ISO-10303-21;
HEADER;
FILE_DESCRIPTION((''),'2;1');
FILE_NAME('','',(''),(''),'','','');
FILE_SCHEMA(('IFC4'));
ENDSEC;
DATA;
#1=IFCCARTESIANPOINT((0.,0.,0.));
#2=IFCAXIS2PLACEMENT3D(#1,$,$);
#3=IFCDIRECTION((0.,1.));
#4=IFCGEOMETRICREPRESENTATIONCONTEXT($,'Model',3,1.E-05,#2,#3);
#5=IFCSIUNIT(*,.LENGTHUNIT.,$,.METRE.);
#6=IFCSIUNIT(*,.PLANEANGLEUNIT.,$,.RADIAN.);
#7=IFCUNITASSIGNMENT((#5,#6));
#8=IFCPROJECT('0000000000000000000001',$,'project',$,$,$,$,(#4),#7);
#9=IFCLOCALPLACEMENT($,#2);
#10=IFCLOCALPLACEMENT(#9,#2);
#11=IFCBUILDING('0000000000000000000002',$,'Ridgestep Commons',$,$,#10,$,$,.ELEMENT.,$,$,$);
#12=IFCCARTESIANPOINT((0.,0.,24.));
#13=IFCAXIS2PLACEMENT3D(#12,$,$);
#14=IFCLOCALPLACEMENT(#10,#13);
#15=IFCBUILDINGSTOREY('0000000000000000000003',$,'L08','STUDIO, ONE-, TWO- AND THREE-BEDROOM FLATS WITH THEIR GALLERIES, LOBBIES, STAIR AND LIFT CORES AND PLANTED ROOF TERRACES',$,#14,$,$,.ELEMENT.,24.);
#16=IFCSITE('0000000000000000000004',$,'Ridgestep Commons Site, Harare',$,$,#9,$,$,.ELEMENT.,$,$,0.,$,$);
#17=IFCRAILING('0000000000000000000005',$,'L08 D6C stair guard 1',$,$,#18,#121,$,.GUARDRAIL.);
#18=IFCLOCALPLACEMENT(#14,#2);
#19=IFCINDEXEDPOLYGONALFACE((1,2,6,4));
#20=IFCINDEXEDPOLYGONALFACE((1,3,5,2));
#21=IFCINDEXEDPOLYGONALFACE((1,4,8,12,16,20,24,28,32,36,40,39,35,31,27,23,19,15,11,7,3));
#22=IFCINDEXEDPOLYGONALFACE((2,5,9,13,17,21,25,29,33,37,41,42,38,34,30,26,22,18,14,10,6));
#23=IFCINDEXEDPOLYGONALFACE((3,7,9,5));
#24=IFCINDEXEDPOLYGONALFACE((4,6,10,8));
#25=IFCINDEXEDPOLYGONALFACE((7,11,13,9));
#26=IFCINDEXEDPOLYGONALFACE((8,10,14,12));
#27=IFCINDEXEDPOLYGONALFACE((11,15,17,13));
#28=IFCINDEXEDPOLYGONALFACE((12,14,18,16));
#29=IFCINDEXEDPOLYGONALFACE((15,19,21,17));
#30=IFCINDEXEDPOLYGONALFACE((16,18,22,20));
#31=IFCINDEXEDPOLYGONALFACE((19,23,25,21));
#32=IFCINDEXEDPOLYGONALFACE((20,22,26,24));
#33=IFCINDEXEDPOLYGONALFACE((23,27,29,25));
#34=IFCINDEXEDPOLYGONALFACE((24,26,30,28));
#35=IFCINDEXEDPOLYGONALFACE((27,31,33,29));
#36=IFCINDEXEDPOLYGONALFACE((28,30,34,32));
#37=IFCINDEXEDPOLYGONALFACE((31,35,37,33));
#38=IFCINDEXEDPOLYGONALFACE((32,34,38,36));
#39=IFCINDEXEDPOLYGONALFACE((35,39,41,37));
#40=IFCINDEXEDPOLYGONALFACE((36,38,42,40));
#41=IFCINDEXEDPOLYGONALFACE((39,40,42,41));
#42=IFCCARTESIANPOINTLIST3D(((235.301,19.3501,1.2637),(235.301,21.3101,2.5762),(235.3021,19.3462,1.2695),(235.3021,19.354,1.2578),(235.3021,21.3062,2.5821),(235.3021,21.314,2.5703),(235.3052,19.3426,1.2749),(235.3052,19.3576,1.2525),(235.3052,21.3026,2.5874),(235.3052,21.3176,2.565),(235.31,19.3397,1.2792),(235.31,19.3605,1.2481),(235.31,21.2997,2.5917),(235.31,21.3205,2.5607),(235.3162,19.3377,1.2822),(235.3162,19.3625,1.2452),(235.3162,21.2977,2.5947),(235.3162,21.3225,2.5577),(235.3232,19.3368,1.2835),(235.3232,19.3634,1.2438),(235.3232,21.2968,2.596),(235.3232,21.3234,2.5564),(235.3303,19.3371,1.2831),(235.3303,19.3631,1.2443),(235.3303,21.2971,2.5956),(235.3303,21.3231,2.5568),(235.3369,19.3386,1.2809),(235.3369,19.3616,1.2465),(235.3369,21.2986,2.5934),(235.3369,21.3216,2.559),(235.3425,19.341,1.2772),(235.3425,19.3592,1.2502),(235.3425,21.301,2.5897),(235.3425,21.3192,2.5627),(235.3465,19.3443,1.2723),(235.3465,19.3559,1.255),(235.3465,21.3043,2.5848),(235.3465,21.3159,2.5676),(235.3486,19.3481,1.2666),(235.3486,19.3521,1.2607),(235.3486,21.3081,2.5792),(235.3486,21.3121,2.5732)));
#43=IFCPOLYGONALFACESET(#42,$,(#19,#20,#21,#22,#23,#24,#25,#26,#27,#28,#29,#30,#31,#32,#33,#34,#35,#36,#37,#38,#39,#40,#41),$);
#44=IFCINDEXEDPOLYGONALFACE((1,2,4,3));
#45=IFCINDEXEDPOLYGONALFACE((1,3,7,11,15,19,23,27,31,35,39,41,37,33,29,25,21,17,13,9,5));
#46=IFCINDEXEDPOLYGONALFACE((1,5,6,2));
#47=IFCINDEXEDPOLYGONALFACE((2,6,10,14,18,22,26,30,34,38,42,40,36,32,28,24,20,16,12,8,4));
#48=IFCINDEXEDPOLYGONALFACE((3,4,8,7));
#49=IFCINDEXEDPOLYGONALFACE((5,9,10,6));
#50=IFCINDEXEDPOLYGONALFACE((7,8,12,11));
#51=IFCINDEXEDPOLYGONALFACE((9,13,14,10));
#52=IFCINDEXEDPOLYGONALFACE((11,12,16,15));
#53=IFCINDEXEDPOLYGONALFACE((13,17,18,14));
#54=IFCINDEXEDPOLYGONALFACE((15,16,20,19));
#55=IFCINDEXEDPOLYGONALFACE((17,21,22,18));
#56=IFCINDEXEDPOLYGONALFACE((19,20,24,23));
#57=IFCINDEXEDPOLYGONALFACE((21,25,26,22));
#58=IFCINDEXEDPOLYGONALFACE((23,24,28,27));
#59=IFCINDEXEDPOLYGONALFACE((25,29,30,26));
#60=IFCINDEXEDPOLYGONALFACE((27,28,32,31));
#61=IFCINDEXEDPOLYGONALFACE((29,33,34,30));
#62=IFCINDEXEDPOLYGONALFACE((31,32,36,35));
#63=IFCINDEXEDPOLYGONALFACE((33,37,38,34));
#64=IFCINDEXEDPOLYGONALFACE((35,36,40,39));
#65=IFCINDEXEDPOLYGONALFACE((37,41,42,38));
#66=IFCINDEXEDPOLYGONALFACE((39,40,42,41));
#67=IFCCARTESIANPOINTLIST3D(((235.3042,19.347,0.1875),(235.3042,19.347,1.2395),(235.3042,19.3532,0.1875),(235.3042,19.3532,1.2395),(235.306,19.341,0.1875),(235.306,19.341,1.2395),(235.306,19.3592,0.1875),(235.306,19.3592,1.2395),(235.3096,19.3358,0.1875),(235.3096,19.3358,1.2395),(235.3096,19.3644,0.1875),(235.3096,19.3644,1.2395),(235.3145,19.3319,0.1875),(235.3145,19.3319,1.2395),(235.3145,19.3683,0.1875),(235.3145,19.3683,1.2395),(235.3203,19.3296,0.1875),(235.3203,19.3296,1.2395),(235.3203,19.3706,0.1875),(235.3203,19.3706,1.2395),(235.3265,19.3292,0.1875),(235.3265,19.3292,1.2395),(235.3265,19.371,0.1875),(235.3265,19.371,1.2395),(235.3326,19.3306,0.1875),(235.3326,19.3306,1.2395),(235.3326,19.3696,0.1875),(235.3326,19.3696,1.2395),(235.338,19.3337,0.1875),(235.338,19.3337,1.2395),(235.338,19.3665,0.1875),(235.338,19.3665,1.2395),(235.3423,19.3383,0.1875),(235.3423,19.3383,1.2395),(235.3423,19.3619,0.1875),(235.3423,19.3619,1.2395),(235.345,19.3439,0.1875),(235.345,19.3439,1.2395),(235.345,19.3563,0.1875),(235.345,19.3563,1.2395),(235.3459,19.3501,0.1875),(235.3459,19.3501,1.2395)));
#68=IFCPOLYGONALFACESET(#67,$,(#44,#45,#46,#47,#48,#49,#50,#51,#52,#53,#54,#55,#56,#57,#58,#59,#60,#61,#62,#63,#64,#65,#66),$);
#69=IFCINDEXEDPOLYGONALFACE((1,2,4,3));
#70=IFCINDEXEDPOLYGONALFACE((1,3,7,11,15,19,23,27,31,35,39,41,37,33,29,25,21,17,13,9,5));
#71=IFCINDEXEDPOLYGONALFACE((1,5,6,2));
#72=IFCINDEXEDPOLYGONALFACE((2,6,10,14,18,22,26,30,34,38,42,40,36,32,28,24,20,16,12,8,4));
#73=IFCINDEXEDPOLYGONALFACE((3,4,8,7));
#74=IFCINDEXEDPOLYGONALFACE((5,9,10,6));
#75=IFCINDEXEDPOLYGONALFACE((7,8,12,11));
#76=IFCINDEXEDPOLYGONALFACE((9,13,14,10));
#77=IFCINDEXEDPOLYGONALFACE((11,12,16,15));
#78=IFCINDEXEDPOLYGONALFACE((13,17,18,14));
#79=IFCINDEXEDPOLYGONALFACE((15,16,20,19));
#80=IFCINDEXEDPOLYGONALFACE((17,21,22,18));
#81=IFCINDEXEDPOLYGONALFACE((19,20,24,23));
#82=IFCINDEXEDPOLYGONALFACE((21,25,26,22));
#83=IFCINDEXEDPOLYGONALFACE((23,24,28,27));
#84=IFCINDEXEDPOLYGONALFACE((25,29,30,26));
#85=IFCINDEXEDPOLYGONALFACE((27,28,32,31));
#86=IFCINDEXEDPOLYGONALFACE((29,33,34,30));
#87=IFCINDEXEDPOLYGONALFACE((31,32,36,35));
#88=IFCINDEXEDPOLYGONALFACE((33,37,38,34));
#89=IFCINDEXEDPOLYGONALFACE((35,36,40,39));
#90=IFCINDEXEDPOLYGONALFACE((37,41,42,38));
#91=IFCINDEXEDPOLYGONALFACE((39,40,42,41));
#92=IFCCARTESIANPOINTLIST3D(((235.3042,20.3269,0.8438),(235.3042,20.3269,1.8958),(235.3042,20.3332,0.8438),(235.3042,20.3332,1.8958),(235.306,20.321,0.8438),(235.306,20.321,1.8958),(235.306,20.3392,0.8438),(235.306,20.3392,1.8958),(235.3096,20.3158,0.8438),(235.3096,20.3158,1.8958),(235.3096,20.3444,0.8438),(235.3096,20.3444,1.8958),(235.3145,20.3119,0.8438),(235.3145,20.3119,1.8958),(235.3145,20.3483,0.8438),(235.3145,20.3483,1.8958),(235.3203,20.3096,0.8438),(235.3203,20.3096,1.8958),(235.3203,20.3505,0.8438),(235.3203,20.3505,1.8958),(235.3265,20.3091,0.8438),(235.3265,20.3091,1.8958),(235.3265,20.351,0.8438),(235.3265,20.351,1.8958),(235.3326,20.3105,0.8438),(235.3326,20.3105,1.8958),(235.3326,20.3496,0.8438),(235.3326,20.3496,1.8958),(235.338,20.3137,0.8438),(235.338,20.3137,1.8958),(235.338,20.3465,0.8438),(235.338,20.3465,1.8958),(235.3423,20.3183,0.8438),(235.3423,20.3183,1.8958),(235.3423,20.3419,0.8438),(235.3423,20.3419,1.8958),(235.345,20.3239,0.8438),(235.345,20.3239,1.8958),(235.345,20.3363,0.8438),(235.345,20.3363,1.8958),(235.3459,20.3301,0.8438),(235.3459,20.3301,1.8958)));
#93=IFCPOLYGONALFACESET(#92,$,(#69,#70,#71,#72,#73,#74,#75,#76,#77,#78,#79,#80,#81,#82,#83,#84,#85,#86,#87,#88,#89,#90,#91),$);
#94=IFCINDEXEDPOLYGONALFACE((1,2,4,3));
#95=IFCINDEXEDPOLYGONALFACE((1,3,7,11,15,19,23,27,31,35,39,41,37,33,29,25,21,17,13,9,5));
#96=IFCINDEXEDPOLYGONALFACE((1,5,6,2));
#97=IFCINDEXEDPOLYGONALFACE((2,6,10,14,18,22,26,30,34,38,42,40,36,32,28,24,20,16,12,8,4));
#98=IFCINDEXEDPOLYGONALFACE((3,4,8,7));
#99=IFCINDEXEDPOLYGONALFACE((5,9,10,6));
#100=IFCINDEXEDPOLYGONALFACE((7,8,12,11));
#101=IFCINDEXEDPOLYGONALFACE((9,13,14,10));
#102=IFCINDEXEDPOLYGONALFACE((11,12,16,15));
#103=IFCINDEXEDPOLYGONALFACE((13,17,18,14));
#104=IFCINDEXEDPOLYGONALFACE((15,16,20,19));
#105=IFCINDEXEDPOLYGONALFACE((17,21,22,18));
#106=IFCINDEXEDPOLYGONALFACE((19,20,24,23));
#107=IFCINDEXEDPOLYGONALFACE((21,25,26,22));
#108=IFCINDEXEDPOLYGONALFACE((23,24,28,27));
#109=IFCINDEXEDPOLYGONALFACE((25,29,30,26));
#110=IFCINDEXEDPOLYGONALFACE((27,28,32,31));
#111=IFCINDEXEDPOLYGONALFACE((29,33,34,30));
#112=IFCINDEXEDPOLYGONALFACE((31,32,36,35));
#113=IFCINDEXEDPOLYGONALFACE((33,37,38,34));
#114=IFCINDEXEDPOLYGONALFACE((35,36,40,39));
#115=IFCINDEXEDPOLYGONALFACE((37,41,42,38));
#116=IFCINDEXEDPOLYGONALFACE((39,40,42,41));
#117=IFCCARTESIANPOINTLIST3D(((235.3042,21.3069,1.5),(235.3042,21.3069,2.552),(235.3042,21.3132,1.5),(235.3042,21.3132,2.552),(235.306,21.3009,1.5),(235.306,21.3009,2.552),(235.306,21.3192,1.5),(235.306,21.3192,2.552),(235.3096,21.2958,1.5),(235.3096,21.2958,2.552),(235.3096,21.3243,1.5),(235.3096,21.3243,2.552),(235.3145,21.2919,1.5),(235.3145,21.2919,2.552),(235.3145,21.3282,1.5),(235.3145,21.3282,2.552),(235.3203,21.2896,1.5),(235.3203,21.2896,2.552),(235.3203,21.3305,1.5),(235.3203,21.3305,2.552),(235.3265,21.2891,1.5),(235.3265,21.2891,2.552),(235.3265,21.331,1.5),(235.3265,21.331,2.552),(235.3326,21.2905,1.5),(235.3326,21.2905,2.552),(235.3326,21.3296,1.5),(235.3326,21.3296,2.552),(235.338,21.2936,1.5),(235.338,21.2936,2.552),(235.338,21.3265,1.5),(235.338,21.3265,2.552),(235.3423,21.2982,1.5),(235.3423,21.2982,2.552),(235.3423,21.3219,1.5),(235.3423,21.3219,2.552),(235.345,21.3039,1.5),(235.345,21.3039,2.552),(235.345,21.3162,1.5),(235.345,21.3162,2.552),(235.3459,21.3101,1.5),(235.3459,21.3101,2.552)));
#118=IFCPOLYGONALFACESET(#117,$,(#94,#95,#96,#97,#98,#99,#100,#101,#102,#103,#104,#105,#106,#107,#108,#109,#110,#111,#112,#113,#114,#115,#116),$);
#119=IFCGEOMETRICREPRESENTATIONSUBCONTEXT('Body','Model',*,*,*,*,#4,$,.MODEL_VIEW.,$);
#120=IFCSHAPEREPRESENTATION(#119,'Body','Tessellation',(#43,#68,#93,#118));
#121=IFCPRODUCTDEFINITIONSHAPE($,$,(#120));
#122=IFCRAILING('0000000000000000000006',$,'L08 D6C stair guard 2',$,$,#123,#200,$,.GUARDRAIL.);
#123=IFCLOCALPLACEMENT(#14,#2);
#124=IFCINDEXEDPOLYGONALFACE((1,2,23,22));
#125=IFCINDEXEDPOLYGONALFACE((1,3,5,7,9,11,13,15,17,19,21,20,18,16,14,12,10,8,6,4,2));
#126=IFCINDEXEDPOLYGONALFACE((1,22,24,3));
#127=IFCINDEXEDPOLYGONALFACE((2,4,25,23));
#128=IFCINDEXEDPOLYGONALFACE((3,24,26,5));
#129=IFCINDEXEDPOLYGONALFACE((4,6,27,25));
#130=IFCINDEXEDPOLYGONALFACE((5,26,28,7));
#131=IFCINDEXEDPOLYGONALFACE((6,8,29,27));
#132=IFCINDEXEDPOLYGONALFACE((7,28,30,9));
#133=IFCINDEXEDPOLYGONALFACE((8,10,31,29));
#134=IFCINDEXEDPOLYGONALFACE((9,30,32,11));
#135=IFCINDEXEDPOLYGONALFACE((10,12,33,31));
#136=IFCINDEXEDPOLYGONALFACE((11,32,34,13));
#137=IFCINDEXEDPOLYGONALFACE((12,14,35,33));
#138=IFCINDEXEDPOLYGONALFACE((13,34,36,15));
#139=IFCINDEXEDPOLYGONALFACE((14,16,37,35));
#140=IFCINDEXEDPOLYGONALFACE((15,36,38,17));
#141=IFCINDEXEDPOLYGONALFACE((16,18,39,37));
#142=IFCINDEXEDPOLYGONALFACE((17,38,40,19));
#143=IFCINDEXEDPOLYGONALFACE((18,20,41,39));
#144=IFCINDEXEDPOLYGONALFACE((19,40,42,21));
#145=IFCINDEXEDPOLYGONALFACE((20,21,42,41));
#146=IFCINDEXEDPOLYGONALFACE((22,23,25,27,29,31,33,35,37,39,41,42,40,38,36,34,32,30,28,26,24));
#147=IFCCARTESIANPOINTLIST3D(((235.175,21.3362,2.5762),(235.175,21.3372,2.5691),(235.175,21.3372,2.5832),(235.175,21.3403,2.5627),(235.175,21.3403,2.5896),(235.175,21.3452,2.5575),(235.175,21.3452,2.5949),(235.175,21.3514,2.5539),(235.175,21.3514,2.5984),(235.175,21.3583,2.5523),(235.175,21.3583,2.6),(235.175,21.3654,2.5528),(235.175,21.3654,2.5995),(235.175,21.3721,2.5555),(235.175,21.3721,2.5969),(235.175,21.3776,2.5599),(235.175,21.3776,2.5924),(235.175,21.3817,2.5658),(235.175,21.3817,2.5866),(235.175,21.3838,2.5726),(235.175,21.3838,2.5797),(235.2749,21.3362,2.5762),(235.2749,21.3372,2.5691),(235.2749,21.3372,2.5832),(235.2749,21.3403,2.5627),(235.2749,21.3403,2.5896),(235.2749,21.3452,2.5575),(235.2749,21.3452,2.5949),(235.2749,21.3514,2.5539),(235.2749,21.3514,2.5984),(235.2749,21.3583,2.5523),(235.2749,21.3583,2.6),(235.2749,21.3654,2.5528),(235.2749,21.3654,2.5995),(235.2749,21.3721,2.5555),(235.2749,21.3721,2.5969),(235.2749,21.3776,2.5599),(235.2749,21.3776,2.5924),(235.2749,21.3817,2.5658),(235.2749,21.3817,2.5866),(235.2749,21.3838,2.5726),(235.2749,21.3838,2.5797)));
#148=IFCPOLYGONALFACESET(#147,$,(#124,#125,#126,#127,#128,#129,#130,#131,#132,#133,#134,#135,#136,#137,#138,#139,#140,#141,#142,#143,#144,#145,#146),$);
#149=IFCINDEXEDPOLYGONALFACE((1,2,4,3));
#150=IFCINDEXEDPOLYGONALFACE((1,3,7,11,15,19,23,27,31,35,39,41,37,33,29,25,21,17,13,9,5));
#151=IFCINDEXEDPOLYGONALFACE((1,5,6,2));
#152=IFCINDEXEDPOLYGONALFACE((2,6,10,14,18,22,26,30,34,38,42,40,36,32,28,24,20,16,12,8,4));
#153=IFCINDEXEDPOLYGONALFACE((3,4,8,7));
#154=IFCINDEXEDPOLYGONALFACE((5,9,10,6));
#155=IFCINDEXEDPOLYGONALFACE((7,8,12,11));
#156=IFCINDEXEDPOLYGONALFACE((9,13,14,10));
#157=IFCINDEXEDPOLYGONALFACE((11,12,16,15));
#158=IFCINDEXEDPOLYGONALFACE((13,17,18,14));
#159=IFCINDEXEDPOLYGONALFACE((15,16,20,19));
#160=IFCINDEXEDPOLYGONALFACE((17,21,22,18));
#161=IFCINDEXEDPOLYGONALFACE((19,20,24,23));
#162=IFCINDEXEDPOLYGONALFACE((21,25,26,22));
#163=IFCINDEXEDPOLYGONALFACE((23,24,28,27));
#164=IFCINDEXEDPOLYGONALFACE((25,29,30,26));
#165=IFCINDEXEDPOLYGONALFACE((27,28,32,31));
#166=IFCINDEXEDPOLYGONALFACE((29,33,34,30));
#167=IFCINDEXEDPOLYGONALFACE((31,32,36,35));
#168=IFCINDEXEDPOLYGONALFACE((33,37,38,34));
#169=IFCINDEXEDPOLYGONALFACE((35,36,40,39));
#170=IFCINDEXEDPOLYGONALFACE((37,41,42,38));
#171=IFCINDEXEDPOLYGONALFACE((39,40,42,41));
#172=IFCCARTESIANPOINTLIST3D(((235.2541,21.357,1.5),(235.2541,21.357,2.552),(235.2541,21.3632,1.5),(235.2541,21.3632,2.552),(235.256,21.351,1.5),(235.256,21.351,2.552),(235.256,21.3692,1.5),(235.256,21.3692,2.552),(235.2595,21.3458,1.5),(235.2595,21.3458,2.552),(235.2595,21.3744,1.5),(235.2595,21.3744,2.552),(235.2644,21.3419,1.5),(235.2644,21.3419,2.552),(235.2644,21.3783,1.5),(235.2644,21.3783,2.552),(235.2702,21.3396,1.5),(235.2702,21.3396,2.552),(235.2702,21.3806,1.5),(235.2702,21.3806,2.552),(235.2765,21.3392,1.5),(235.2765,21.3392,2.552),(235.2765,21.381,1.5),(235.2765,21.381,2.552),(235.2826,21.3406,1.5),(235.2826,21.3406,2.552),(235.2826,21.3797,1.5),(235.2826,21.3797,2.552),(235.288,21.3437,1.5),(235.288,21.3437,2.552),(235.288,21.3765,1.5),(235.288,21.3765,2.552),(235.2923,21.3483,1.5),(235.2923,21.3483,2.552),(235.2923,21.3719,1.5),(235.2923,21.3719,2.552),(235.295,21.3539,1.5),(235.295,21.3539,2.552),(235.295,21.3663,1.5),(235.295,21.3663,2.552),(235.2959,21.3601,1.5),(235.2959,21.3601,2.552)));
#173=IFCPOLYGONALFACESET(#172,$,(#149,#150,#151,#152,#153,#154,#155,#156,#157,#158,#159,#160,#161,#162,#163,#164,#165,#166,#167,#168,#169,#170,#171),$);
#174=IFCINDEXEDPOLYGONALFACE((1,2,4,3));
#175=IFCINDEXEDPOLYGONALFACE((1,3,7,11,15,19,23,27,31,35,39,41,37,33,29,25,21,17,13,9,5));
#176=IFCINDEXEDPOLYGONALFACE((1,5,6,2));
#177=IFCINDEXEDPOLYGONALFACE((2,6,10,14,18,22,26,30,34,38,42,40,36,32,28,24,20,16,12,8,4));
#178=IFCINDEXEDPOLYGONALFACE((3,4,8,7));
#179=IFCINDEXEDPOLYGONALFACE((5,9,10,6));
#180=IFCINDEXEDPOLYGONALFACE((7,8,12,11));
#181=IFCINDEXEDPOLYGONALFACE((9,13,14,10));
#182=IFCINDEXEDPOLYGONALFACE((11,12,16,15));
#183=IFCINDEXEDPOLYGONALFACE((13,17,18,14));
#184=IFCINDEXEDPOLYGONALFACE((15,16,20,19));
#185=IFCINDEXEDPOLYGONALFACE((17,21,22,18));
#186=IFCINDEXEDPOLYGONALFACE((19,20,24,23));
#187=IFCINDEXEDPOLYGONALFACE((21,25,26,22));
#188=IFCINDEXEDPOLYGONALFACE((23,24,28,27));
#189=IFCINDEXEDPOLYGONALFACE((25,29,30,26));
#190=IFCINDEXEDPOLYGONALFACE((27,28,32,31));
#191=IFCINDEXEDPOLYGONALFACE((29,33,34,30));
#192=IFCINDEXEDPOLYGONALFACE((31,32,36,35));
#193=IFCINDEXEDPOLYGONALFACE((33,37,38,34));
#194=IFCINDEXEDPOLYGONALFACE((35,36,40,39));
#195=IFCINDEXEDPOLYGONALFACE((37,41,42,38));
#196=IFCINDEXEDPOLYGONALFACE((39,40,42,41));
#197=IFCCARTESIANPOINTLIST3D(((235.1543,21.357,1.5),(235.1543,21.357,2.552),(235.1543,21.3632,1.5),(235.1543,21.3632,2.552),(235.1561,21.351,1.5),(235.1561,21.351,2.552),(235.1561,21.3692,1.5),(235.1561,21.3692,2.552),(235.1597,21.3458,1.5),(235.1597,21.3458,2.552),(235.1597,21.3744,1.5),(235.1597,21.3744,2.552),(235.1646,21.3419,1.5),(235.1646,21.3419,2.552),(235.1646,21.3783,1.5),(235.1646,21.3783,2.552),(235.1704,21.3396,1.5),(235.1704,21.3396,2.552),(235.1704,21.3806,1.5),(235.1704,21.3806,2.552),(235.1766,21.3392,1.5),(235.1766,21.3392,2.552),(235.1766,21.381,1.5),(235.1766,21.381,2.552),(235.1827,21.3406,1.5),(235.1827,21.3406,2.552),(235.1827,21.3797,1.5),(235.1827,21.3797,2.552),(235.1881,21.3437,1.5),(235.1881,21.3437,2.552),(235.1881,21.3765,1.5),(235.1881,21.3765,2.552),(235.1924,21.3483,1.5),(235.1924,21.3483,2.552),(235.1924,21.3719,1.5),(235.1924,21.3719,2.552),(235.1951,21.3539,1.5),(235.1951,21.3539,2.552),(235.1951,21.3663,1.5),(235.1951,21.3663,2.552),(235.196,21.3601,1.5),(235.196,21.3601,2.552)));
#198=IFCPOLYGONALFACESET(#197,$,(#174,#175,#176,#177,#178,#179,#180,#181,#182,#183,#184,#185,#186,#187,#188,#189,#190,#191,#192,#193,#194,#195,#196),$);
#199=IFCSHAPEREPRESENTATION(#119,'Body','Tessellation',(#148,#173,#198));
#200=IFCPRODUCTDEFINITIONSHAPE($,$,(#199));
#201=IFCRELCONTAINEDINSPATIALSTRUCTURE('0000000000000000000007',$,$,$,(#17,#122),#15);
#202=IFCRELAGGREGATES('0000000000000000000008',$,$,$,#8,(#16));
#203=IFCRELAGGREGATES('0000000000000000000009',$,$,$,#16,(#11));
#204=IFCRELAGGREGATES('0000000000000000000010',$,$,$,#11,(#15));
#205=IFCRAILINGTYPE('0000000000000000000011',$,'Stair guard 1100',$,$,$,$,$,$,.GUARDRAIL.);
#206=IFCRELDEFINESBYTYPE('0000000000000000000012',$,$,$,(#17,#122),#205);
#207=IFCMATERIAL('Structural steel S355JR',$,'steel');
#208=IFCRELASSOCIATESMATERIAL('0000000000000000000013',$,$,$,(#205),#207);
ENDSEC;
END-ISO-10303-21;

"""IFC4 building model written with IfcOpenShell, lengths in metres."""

from ifc_helpers import new_model, si_unit, direction, frame, origin, origin_2d, place, context, subcontext, project, spatial, circle, extrude, material, type_object, element, save


model = new_model("IFC4")

# Units and contexts
model_context = context("Model", 3, precision=1e-05, world=origin(), true_north=direction((0.0, 1.0)))
body_context = subcontext(model_context, "Body", "Model", "MODEL_VIEW")
ifc_project = project(units=[si_unit("LENGTHUNIT", "METRE"), si_unit("PLANEANGLEUNIT", "RADIAN")], contexts=[model_context])

# Site, building, storey
site_placement = place(None, origin())
site = spatial("IfcSite", under=ifc_project, at=site_placement, Name="Ridgestep Commons Site, Harare", CompositionType="ELEMENT", RefElevation=0.0)
building_placement = place(site_placement, origin())
building = spatial("IfcBuilding", under=site, at=building_placement, Name="Ridgestep Commons", CompositionType="ELEMENT")
storey_placement = place(building_placement, frame((0.0, 0.0, 24.0)))
storey = spatial("IfcBuildingStorey", under=building, at=storey_placement, Name="L08", Description="STUDIO, ONE-, TWO- AND THREE-BEDROOM FLATS WITH THEIR GALLERIES, LOBBIES, STAIR AND LIFT CORES AND PLANTED ROOF TERRACES", CompositionType="ELEMENT", Elevation=24.0)

# Railings
ifc_material_1 = material(Name="Structural steel S355JR", Category="steel")
railing_type_1 = type_object("IfcRailingType", Name="Stair guard 1100", PredefinedType="GUARDRAIL", material=ifc_material_1)
railing_1_placement = place(storey_placement, frame((235.325, 19.3501, 0.1875)))
element("IfcRailing", 1, at=railing_1_placement, inside=storey, type_object=railing_type_1, Name="L08 D6C stair guard 1", PredefinedType="GUARDRAIL", context=body_context, shape_type="SweptSolid", body=[
    extrude(circle(Radius=0.0239, at=origin_2d()), frame((0.0, 0.0, 1.0762), z_axis=(0.0, 0.830902, 0.556419), x_axis=(-1.0, 0.0, 0.0)), (0.0, 0.0, 1.0), 2.3589),
    extrude(circle(Radius=0.021, at=origin_2d()), origin(), (0.0, 0.0, 1.0), 1.052),
    extrude(circle(Radius=0.021, at=origin_2d()), frame((0.0, 0.98, 0.6562)), (0.0, 0.0, 1.0), 1.052),
    extrude(circle(Radius=0.021, at=origin_2d()), frame((0.0, 1.96, 1.3125)), (0.0, 0.0, 1.0), 1.052),
])
railing_2_placement = place(storey_placement, frame((235.2749, 21.3601, 1.5)))
element("IfcRailing", 2, at=railing_2_placement, inside=storey, type_object=railing_type_1, Name="L08 D6C stair guard 2", PredefinedType="GUARDRAIL", context=body_context, shape_type="SweptSolid", body=[
    extrude(circle(Radius=0.0239, at=origin_2d()), frame((0.0, 0.0, 1.0762), z_axis=(-1.0, 0.0, 0.0), x_axis=(0.0, -1.0, 0.0)), (0.0, 0.0, 1.0), 0.0999),
    extrude(circle(Radius=0.021, at=origin_2d()), origin(), (0.0, 0.0, 1.0), 1.052),
    extrude(circle(Radius=0.021, at=origin_2d()), frame((-0.0999, 0.0, 0.0)), (0.0, 0.0, 1.0), 1.052),
])

save(model, "model.ifc")
